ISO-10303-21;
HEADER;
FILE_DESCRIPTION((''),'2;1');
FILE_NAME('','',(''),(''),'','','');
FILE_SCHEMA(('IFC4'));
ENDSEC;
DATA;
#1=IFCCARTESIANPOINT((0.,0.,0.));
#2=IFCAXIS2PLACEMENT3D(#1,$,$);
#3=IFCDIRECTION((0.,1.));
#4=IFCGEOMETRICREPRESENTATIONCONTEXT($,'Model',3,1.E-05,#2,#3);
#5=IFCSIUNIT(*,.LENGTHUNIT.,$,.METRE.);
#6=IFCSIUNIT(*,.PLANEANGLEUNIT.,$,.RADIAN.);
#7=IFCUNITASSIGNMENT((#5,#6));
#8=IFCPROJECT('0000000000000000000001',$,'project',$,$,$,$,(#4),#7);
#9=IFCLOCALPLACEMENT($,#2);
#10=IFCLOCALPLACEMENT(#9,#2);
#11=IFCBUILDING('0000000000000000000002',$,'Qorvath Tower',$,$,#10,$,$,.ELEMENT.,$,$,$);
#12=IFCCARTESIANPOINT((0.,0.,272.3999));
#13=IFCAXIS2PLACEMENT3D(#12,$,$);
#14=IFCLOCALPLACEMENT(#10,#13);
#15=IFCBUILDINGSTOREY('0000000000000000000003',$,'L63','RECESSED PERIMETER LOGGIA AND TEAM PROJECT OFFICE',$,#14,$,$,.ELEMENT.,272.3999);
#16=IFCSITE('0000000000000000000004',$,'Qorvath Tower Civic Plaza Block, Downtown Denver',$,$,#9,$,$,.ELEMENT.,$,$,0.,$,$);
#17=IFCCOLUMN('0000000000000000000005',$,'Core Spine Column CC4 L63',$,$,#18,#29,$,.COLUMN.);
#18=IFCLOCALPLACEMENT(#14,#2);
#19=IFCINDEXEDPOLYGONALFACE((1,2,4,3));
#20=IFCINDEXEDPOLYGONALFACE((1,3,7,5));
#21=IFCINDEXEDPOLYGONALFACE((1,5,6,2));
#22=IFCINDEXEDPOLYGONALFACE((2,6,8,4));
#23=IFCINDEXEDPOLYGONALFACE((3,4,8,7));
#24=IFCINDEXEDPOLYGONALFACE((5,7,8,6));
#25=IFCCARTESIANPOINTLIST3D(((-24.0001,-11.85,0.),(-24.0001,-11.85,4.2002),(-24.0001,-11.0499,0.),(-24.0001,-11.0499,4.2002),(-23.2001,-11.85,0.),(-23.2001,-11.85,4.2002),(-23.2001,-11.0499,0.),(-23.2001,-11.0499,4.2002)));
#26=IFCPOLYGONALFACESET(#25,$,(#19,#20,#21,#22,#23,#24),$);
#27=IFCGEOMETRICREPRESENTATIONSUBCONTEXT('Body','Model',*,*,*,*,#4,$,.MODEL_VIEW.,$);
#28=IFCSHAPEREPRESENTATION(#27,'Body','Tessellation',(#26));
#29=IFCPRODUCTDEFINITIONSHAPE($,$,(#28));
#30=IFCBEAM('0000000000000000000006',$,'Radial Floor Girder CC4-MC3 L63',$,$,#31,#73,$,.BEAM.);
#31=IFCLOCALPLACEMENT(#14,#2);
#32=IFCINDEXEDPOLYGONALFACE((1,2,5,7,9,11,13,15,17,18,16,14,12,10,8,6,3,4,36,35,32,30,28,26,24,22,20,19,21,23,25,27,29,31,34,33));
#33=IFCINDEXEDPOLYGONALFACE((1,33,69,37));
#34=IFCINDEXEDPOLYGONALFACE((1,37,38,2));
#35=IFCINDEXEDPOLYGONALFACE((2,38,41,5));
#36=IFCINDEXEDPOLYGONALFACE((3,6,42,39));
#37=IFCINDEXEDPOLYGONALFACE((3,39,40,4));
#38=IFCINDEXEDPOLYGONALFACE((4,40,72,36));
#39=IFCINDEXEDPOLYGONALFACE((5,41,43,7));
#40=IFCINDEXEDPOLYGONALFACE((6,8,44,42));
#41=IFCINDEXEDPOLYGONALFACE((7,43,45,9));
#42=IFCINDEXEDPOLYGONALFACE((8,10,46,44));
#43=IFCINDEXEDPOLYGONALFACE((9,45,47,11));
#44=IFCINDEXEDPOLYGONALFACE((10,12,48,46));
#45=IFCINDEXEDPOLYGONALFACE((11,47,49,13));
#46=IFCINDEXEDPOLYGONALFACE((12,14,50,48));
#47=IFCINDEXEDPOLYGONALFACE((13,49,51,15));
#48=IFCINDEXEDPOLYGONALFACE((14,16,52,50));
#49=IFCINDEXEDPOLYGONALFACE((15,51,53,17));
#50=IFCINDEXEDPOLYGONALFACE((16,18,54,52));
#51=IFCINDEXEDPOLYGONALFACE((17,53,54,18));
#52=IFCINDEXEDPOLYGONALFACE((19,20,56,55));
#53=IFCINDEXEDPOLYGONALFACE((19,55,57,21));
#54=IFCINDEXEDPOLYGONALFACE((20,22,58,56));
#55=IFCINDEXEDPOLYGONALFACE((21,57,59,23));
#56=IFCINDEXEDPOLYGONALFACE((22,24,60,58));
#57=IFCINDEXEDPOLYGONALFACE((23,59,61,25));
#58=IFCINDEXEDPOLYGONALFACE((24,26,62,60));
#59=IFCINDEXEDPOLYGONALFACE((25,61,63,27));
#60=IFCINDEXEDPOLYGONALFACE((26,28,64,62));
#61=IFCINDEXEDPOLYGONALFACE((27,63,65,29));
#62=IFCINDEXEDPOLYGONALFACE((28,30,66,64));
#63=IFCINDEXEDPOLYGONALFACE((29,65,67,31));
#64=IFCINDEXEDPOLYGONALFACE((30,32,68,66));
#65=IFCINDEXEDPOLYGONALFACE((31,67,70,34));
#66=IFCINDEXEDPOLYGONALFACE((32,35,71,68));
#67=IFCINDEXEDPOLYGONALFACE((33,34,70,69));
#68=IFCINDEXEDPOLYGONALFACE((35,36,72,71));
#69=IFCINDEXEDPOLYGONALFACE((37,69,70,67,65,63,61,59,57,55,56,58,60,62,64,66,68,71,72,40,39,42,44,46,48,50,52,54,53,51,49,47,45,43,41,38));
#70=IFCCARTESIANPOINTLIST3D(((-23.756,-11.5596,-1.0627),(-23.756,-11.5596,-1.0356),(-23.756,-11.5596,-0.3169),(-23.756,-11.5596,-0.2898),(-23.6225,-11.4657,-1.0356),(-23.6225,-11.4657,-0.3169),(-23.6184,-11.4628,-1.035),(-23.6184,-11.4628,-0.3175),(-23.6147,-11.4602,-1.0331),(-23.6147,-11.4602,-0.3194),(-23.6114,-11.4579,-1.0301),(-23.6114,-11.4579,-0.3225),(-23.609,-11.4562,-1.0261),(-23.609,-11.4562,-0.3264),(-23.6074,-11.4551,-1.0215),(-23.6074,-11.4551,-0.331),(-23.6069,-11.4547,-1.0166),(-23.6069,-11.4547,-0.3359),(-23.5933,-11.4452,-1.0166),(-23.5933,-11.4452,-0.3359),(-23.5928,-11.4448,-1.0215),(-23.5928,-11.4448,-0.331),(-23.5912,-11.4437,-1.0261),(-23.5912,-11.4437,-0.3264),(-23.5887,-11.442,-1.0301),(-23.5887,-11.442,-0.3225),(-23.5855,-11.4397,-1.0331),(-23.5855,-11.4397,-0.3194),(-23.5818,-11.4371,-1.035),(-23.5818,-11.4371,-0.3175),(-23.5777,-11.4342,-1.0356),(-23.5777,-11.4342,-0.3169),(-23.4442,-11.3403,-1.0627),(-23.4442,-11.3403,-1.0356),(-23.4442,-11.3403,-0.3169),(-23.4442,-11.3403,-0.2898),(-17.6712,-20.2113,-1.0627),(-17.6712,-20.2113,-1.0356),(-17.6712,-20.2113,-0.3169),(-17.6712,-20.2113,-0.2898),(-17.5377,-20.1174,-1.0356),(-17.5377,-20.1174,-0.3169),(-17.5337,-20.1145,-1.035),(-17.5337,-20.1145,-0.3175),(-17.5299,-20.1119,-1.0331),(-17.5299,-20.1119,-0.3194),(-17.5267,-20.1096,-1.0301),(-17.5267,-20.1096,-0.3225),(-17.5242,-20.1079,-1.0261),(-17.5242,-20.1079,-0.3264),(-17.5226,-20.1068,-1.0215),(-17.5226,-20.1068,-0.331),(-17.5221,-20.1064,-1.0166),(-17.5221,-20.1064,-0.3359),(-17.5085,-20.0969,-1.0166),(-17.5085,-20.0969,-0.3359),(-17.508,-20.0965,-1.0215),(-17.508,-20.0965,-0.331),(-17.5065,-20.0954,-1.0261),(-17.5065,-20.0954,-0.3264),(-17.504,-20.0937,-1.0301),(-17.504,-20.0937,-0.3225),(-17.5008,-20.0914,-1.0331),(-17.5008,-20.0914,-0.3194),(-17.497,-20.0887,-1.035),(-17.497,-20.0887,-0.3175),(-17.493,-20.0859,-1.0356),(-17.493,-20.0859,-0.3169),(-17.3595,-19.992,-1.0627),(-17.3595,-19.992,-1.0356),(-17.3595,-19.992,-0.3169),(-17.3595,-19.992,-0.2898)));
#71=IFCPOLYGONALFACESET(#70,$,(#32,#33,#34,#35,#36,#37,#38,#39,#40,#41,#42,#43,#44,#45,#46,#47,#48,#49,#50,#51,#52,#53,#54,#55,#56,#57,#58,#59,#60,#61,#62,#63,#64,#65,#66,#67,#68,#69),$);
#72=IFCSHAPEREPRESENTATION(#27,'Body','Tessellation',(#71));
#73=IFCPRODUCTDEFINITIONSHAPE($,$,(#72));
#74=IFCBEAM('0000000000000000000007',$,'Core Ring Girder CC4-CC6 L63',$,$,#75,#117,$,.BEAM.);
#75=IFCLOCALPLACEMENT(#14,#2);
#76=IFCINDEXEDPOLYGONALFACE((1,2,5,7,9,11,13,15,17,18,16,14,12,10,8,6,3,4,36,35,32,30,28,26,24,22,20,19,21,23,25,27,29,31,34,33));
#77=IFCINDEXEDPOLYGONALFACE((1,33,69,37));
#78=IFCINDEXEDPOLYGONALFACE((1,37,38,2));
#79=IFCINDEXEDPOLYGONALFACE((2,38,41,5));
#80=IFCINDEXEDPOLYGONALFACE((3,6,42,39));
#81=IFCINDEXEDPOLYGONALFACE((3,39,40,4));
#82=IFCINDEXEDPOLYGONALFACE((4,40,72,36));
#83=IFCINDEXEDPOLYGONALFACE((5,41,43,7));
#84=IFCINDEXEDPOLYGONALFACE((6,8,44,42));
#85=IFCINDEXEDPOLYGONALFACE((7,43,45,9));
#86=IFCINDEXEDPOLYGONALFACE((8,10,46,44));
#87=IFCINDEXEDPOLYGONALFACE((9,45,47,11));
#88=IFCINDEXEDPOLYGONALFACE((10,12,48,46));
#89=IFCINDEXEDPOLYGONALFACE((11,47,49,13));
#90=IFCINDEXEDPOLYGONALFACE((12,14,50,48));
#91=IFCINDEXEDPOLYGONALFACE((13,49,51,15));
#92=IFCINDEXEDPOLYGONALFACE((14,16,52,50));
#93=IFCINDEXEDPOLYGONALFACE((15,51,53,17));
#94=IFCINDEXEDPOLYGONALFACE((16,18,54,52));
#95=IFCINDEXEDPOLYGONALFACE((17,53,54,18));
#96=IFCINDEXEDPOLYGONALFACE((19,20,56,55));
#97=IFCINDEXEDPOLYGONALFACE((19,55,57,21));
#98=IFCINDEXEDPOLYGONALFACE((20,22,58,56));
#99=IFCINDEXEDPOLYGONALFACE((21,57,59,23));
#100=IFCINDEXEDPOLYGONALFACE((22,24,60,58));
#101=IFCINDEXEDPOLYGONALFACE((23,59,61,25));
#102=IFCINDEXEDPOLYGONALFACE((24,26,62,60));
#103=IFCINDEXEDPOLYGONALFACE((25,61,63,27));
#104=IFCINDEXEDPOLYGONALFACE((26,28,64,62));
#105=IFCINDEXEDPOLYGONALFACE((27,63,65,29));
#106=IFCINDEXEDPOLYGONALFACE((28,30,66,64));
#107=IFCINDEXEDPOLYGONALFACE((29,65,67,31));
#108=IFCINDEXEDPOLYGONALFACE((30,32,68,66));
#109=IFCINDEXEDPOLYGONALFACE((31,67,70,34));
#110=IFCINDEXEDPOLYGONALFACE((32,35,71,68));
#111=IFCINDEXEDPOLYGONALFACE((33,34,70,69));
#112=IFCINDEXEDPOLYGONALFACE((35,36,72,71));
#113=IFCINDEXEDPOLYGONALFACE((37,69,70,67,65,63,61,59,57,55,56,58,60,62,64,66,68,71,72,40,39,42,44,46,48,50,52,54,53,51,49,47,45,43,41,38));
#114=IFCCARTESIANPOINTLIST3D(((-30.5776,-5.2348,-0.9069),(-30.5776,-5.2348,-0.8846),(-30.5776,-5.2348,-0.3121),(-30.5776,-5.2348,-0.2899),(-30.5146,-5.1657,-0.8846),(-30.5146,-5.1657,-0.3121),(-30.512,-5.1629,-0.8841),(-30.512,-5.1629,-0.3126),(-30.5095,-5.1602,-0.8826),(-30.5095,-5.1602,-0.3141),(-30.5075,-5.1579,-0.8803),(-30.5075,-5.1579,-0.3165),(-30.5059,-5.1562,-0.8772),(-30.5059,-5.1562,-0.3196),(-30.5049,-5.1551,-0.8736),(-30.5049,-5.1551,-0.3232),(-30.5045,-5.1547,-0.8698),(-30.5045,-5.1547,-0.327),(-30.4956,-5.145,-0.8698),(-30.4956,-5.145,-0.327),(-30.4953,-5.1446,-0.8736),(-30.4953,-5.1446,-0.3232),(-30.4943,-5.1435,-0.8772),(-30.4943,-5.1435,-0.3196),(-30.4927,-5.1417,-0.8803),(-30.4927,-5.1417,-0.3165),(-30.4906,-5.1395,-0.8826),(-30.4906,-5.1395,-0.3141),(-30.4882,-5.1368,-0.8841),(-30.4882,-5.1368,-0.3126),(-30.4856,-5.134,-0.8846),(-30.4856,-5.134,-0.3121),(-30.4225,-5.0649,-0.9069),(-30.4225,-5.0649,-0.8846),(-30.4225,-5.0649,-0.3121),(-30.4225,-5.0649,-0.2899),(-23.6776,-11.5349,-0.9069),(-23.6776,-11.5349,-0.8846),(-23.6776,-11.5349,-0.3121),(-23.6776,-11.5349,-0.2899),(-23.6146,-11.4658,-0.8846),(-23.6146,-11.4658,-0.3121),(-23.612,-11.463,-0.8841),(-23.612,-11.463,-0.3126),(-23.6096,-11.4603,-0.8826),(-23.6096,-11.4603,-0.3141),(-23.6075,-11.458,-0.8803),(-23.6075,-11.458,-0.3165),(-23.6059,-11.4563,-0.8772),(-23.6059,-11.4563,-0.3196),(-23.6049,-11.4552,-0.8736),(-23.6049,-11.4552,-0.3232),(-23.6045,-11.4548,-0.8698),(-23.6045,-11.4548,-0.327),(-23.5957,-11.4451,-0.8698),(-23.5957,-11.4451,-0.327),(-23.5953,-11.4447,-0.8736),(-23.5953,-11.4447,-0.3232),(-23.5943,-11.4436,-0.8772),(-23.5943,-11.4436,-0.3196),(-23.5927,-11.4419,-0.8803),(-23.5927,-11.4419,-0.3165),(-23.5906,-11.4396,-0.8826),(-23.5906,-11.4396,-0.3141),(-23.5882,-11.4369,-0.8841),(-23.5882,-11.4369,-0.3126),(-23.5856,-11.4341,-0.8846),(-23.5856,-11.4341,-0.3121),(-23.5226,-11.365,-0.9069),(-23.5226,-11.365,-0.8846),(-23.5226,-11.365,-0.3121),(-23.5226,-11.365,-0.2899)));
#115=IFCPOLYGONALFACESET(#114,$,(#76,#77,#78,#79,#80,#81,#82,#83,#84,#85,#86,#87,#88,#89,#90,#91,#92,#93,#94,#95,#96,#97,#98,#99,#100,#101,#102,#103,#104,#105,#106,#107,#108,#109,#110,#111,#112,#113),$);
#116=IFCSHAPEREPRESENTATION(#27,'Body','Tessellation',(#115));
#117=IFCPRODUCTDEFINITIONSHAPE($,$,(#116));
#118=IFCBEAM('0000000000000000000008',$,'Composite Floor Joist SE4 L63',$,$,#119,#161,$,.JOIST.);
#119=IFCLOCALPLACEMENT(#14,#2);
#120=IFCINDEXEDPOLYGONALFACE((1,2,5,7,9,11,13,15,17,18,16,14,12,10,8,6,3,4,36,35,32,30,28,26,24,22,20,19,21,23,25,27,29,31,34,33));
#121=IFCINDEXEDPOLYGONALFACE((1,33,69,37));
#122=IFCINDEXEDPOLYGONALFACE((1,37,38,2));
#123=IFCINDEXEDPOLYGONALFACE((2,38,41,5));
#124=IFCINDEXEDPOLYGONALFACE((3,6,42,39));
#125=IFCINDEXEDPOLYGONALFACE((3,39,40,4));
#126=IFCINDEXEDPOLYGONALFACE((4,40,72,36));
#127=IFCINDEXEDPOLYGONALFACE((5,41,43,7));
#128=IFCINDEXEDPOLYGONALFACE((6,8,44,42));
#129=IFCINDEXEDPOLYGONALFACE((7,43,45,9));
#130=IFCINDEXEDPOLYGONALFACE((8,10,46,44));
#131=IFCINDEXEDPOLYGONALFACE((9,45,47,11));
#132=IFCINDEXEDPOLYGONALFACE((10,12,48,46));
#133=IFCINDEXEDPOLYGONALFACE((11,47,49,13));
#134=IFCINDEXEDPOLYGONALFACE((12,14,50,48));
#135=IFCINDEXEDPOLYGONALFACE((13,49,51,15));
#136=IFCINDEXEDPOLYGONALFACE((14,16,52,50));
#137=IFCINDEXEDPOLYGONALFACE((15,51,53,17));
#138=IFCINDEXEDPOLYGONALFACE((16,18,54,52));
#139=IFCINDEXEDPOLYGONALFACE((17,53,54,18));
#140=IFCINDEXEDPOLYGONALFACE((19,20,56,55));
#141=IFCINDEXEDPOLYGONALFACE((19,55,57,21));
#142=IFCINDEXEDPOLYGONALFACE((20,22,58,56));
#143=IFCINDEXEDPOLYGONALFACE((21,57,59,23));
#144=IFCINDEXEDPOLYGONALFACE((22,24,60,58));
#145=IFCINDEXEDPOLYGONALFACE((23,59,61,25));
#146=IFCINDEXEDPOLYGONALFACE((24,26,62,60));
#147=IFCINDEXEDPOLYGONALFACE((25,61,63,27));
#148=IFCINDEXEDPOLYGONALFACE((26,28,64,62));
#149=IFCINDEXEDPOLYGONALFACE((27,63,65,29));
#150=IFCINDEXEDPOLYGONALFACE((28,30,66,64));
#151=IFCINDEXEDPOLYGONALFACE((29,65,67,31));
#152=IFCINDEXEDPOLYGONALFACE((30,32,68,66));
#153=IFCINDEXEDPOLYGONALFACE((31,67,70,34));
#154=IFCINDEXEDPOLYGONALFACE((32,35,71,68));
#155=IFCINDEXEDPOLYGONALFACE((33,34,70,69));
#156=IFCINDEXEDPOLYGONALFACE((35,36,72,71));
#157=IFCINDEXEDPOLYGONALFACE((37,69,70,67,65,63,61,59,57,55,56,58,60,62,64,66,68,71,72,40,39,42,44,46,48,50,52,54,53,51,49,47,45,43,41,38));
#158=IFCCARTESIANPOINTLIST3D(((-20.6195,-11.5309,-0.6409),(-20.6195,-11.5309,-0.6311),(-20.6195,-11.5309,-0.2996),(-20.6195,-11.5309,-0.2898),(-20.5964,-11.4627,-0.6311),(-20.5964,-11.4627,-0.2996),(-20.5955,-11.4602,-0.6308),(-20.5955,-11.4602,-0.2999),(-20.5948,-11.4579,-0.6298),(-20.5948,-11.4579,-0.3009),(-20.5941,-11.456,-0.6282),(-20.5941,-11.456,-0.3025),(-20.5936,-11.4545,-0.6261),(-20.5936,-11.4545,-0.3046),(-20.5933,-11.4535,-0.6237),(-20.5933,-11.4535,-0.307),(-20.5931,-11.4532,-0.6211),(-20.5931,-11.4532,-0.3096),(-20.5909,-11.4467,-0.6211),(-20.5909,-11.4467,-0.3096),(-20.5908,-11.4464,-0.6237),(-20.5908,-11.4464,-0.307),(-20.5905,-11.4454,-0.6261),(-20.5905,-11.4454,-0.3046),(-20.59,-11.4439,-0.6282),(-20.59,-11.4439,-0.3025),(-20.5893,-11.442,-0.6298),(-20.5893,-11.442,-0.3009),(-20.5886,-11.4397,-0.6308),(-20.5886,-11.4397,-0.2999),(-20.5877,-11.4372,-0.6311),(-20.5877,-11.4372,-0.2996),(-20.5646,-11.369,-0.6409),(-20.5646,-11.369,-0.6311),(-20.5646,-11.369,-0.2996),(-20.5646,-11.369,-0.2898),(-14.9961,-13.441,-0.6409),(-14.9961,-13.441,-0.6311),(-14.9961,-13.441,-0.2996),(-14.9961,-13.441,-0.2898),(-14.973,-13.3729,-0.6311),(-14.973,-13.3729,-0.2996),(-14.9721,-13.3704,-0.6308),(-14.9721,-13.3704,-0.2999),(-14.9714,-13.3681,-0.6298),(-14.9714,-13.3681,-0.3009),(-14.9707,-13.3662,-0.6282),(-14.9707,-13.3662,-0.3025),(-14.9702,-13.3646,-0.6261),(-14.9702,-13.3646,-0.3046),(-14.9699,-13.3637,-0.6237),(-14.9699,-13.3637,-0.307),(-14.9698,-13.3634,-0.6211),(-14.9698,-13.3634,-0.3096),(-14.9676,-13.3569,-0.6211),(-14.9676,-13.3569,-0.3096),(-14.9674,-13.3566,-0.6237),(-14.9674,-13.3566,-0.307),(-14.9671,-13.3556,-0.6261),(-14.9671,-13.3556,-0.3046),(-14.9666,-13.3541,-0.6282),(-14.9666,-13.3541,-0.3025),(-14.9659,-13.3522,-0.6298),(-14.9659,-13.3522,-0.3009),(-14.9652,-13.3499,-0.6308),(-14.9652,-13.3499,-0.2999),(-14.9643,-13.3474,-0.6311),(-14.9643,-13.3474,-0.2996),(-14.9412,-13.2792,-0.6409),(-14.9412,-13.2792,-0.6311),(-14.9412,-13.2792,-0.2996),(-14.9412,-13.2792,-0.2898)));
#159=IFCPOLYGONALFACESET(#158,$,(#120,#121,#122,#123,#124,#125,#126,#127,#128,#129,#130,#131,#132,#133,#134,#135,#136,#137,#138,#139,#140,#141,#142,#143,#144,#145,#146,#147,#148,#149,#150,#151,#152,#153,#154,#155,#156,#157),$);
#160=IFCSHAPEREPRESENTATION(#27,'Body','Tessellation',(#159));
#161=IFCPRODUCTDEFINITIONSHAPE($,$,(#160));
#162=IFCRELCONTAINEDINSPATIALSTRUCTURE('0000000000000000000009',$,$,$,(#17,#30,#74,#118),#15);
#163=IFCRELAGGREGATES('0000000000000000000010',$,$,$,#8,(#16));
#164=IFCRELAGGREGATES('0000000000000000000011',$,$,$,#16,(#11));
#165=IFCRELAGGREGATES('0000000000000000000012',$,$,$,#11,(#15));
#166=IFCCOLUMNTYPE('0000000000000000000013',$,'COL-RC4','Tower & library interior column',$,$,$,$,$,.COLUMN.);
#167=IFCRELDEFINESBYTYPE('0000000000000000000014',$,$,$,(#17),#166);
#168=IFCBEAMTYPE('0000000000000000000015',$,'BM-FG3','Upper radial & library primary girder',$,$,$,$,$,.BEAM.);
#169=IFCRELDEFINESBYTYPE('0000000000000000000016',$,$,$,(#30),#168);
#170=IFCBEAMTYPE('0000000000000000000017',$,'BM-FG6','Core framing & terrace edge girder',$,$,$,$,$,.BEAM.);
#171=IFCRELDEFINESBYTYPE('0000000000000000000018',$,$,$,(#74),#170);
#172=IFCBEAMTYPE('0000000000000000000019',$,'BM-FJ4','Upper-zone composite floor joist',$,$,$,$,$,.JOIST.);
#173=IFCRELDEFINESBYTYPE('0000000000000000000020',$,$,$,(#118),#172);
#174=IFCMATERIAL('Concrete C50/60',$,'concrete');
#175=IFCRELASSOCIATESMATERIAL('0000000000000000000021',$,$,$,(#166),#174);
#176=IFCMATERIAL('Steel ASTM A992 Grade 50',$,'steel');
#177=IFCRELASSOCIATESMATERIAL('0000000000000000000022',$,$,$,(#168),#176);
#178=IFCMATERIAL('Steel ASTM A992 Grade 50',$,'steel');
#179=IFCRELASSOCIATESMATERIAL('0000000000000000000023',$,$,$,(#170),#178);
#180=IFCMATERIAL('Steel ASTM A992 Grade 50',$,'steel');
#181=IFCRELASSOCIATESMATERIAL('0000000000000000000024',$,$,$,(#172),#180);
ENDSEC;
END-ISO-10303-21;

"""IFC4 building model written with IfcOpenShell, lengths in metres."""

from ifc_helpers import new_model, si_unit, direction, frame, origin, origin_2d, place, context, subcontext, project, spatial, rectangle, i_section, extrude, material, material_profile, profile_set, type_object, element, save


model = new_model("IFC4")

# Units and contexts
model_context = context("Model", 3, precision=1e-05, world=origin(), true_north=direction((0.0, 1.0)))
body_context = subcontext(model_context, "Body", "Model", "MODEL_VIEW")
ifc_project = project(units=[si_unit("LENGTHUNIT", "METRE"), si_unit("PLANEANGLEUNIT", "RADIAN")], contexts=[model_context])

# Site, building, storey
site_placement = place(None, origin())
site = spatial("IfcSite", under=ifc_project, at=site_placement, Name="Qorvath Tower Civic Plaza Block, Downtown Denver", CompositionType="ELEMENT", RefElevation=0.0)
building_placement = place(site_placement, origin())
building = spatial("IfcBuilding", under=site, at=building_placement, Name="Qorvath Tower", CompositionType="ELEMENT")
storey_placement = place(building_placement, frame((0.0, 0.0, 272.3999)))
storey = spatial("IfcBuildingStorey", under=building, at=storey_placement, Name="L63", Description="RECESSED PERIMETER LOGGIA AND TEAM PROJECT OFFICE", CompositionType="ELEMENT", Elevation=272.3999)

# Column
ifc_material_1 = material(Name="Concrete C50/60", Category="concrete")
ifc_material_profile_1 = material_profile(ifc_material_1, rectangle(XDim=0.8, YDim=0.8, at=origin_2d()), Name="RC 800x800")
ifc_profile_set_1 = profile_set([ifc_material_profile_1], Name="Concrete C50/60")
column_type = type_object("IfcColumnType", Name="COL-RC4", Description="Tower & library interior column", PredefinedType="COLUMN", material=ifc_profile_set_1)
column_placement = place(storey_placement, frame((-23.6001, -11.45, 0.0), z_axis=(0.0, 0.0, 1.0), x_axis=(1.0, 0.0, 0.0)))
element("IfcColumn", 1, at=column_placement, inside=storey, type_object=column_type, Name="Core Spine Column CC4 L63", PredefinedType="COLUMN", context=body_context, shape_type="SweptSolid", body=[
    extrude(rectangle(XDim=0.8, YDim=0.8, at=origin_2d()), origin(), (0.0, 0.0, 1.0), 4.2002),
])

# Beams
ifc_material_2 = material(Name="Steel ASTM A992 Grade 50", Category="steel")
ifc_material_profile_2 = material_profile(ifc_material_2, i_section(OverallWidth=0.3811, OverallDepth=0.7729, WebThickness=0.0166, FlangeThickness=0.0271, FilletRadius=0.019, at=origin_2d()), Name="W30x173")
ifc_profile_set_2 = profile_set([ifc_material_profile_2], Name="Steel ASTM A992 Grade 50")
beam_type_1 = type_object("IfcBeamType", Name="BM-FG3", Description="Upper radial & library primary girder", PredefinedType="BEAM", material=ifc_profile_set_2)
beam_1_placement = place(storey_placement, frame((-23.6001, -11.45, -0.6763), z_axis=(0.575275, -0.81796, 0.0), x_axis=(0.81796, 0.575275, 0.0)))
element("IfcBeam", 2, at=beam_1_placement, inside=storey, type_object=beam_type_1, Name="Radial Floor Girder CC4-MC3 L63", PredefinedType="BEAM", context=body_context, shape_type="SweptSolid", body=[
    extrude(i_section(OverallWidth=0.3811, OverallDepth=0.7729, WebThickness=0.0166, FlangeThickness=0.0271, FilletRadius=0.019, at=origin_2d()), origin(), (0.0, 0.0, 1.0), 10.5771),
])
ifc_material_3 = material(Name="Steel ASTM A992 Grade 50", Category="steel")
ifc_material_profile_3 = material_profile(ifc_material_3, i_section(OverallWidth=0.23, OverallDepth=0.6169, WebThickness=0.0132, FlangeThickness=0.0222, FilletRadius=0.0149, at=origin_2d()), Name="W24x94")
ifc_profile_set_3 = profile_set([ifc_material_profile_3], Name="Steel ASTM A992 Grade 50")
beam_type_2 = type_object("IfcBeamType", Name="BM-FG6", Description="Core framing & terrace edge girder", PredefinedType="BEAM", material=ifc_profile_set_3)
beam_2_placement = place(storey_placement, frame((-23.6001, -11.45, -0.5984), z_axis=(-0.738478, 0.674277, 0.0), x_axis=(-0.674277, -0.738478, 0.0)))
element("IfcBeam", 3, at=beam_2_placement, inside=storey, type_object=beam_type_2, Name="Core Ring Girder CC4-CC6 L63", PredefinedType="BEAM", context=body_context, shape_type="SweptSolid", body=[
    extrude(i_section(OverallWidth=0.23, OverallDepth=0.6169, WebThickness=0.0132, FlangeThickness=0.0222, FilletRadius=0.0149, at=origin_2d()), origin(), (0.0, 0.0, 1.0), 9.3435),
])
ifc_material_4 = material(Name="Steel ASTM A992 Grade 50", Category="steel")
ifc_material_profile_4 = material_profile(ifc_material_4, i_section(OverallWidth=0.1709, OverallDepth=0.3511, WebThickness=0.0068, FlangeThickness=0.0098, FilletRadius=0.01, at=origin_2d()), Name="W14x30")
ifc_profile_set_4 = profile_set([ifc_material_profile_4], Name="Steel ASTM A992 Grade 50")
beam_type_3 = type_object("IfcBeamType", Name="BM-FJ4", Description="Upper-zone composite floor joist", PredefinedType="JOIST", material=ifc_profile_set_4)
beam_3_placement = place(storey_placement, frame((-20.592, -11.45, -0.4653), z_axis=(0.946863, -0.321637, 0.0), x_axis=(0.321637, 0.946863, 0.0)))
element("IfcBeam", 4, at=beam_3_placement, inside=storey, type_object=beam_type_3, Name="Composite Floor Joist SE4 L63", PredefinedType="JOIST", context=body_context, shape_type="SweptSolid", body=[
    extrude(i_section(OverallWidth=0.1709, OverallDepth=0.3511, WebThickness=0.0068, FlangeThickness=0.0098, FilletRadius=0.01, at=origin_2d()), origin(), (0.0, 0.0, 1.0), 5.939),
])

save(model, "model.ifc")
